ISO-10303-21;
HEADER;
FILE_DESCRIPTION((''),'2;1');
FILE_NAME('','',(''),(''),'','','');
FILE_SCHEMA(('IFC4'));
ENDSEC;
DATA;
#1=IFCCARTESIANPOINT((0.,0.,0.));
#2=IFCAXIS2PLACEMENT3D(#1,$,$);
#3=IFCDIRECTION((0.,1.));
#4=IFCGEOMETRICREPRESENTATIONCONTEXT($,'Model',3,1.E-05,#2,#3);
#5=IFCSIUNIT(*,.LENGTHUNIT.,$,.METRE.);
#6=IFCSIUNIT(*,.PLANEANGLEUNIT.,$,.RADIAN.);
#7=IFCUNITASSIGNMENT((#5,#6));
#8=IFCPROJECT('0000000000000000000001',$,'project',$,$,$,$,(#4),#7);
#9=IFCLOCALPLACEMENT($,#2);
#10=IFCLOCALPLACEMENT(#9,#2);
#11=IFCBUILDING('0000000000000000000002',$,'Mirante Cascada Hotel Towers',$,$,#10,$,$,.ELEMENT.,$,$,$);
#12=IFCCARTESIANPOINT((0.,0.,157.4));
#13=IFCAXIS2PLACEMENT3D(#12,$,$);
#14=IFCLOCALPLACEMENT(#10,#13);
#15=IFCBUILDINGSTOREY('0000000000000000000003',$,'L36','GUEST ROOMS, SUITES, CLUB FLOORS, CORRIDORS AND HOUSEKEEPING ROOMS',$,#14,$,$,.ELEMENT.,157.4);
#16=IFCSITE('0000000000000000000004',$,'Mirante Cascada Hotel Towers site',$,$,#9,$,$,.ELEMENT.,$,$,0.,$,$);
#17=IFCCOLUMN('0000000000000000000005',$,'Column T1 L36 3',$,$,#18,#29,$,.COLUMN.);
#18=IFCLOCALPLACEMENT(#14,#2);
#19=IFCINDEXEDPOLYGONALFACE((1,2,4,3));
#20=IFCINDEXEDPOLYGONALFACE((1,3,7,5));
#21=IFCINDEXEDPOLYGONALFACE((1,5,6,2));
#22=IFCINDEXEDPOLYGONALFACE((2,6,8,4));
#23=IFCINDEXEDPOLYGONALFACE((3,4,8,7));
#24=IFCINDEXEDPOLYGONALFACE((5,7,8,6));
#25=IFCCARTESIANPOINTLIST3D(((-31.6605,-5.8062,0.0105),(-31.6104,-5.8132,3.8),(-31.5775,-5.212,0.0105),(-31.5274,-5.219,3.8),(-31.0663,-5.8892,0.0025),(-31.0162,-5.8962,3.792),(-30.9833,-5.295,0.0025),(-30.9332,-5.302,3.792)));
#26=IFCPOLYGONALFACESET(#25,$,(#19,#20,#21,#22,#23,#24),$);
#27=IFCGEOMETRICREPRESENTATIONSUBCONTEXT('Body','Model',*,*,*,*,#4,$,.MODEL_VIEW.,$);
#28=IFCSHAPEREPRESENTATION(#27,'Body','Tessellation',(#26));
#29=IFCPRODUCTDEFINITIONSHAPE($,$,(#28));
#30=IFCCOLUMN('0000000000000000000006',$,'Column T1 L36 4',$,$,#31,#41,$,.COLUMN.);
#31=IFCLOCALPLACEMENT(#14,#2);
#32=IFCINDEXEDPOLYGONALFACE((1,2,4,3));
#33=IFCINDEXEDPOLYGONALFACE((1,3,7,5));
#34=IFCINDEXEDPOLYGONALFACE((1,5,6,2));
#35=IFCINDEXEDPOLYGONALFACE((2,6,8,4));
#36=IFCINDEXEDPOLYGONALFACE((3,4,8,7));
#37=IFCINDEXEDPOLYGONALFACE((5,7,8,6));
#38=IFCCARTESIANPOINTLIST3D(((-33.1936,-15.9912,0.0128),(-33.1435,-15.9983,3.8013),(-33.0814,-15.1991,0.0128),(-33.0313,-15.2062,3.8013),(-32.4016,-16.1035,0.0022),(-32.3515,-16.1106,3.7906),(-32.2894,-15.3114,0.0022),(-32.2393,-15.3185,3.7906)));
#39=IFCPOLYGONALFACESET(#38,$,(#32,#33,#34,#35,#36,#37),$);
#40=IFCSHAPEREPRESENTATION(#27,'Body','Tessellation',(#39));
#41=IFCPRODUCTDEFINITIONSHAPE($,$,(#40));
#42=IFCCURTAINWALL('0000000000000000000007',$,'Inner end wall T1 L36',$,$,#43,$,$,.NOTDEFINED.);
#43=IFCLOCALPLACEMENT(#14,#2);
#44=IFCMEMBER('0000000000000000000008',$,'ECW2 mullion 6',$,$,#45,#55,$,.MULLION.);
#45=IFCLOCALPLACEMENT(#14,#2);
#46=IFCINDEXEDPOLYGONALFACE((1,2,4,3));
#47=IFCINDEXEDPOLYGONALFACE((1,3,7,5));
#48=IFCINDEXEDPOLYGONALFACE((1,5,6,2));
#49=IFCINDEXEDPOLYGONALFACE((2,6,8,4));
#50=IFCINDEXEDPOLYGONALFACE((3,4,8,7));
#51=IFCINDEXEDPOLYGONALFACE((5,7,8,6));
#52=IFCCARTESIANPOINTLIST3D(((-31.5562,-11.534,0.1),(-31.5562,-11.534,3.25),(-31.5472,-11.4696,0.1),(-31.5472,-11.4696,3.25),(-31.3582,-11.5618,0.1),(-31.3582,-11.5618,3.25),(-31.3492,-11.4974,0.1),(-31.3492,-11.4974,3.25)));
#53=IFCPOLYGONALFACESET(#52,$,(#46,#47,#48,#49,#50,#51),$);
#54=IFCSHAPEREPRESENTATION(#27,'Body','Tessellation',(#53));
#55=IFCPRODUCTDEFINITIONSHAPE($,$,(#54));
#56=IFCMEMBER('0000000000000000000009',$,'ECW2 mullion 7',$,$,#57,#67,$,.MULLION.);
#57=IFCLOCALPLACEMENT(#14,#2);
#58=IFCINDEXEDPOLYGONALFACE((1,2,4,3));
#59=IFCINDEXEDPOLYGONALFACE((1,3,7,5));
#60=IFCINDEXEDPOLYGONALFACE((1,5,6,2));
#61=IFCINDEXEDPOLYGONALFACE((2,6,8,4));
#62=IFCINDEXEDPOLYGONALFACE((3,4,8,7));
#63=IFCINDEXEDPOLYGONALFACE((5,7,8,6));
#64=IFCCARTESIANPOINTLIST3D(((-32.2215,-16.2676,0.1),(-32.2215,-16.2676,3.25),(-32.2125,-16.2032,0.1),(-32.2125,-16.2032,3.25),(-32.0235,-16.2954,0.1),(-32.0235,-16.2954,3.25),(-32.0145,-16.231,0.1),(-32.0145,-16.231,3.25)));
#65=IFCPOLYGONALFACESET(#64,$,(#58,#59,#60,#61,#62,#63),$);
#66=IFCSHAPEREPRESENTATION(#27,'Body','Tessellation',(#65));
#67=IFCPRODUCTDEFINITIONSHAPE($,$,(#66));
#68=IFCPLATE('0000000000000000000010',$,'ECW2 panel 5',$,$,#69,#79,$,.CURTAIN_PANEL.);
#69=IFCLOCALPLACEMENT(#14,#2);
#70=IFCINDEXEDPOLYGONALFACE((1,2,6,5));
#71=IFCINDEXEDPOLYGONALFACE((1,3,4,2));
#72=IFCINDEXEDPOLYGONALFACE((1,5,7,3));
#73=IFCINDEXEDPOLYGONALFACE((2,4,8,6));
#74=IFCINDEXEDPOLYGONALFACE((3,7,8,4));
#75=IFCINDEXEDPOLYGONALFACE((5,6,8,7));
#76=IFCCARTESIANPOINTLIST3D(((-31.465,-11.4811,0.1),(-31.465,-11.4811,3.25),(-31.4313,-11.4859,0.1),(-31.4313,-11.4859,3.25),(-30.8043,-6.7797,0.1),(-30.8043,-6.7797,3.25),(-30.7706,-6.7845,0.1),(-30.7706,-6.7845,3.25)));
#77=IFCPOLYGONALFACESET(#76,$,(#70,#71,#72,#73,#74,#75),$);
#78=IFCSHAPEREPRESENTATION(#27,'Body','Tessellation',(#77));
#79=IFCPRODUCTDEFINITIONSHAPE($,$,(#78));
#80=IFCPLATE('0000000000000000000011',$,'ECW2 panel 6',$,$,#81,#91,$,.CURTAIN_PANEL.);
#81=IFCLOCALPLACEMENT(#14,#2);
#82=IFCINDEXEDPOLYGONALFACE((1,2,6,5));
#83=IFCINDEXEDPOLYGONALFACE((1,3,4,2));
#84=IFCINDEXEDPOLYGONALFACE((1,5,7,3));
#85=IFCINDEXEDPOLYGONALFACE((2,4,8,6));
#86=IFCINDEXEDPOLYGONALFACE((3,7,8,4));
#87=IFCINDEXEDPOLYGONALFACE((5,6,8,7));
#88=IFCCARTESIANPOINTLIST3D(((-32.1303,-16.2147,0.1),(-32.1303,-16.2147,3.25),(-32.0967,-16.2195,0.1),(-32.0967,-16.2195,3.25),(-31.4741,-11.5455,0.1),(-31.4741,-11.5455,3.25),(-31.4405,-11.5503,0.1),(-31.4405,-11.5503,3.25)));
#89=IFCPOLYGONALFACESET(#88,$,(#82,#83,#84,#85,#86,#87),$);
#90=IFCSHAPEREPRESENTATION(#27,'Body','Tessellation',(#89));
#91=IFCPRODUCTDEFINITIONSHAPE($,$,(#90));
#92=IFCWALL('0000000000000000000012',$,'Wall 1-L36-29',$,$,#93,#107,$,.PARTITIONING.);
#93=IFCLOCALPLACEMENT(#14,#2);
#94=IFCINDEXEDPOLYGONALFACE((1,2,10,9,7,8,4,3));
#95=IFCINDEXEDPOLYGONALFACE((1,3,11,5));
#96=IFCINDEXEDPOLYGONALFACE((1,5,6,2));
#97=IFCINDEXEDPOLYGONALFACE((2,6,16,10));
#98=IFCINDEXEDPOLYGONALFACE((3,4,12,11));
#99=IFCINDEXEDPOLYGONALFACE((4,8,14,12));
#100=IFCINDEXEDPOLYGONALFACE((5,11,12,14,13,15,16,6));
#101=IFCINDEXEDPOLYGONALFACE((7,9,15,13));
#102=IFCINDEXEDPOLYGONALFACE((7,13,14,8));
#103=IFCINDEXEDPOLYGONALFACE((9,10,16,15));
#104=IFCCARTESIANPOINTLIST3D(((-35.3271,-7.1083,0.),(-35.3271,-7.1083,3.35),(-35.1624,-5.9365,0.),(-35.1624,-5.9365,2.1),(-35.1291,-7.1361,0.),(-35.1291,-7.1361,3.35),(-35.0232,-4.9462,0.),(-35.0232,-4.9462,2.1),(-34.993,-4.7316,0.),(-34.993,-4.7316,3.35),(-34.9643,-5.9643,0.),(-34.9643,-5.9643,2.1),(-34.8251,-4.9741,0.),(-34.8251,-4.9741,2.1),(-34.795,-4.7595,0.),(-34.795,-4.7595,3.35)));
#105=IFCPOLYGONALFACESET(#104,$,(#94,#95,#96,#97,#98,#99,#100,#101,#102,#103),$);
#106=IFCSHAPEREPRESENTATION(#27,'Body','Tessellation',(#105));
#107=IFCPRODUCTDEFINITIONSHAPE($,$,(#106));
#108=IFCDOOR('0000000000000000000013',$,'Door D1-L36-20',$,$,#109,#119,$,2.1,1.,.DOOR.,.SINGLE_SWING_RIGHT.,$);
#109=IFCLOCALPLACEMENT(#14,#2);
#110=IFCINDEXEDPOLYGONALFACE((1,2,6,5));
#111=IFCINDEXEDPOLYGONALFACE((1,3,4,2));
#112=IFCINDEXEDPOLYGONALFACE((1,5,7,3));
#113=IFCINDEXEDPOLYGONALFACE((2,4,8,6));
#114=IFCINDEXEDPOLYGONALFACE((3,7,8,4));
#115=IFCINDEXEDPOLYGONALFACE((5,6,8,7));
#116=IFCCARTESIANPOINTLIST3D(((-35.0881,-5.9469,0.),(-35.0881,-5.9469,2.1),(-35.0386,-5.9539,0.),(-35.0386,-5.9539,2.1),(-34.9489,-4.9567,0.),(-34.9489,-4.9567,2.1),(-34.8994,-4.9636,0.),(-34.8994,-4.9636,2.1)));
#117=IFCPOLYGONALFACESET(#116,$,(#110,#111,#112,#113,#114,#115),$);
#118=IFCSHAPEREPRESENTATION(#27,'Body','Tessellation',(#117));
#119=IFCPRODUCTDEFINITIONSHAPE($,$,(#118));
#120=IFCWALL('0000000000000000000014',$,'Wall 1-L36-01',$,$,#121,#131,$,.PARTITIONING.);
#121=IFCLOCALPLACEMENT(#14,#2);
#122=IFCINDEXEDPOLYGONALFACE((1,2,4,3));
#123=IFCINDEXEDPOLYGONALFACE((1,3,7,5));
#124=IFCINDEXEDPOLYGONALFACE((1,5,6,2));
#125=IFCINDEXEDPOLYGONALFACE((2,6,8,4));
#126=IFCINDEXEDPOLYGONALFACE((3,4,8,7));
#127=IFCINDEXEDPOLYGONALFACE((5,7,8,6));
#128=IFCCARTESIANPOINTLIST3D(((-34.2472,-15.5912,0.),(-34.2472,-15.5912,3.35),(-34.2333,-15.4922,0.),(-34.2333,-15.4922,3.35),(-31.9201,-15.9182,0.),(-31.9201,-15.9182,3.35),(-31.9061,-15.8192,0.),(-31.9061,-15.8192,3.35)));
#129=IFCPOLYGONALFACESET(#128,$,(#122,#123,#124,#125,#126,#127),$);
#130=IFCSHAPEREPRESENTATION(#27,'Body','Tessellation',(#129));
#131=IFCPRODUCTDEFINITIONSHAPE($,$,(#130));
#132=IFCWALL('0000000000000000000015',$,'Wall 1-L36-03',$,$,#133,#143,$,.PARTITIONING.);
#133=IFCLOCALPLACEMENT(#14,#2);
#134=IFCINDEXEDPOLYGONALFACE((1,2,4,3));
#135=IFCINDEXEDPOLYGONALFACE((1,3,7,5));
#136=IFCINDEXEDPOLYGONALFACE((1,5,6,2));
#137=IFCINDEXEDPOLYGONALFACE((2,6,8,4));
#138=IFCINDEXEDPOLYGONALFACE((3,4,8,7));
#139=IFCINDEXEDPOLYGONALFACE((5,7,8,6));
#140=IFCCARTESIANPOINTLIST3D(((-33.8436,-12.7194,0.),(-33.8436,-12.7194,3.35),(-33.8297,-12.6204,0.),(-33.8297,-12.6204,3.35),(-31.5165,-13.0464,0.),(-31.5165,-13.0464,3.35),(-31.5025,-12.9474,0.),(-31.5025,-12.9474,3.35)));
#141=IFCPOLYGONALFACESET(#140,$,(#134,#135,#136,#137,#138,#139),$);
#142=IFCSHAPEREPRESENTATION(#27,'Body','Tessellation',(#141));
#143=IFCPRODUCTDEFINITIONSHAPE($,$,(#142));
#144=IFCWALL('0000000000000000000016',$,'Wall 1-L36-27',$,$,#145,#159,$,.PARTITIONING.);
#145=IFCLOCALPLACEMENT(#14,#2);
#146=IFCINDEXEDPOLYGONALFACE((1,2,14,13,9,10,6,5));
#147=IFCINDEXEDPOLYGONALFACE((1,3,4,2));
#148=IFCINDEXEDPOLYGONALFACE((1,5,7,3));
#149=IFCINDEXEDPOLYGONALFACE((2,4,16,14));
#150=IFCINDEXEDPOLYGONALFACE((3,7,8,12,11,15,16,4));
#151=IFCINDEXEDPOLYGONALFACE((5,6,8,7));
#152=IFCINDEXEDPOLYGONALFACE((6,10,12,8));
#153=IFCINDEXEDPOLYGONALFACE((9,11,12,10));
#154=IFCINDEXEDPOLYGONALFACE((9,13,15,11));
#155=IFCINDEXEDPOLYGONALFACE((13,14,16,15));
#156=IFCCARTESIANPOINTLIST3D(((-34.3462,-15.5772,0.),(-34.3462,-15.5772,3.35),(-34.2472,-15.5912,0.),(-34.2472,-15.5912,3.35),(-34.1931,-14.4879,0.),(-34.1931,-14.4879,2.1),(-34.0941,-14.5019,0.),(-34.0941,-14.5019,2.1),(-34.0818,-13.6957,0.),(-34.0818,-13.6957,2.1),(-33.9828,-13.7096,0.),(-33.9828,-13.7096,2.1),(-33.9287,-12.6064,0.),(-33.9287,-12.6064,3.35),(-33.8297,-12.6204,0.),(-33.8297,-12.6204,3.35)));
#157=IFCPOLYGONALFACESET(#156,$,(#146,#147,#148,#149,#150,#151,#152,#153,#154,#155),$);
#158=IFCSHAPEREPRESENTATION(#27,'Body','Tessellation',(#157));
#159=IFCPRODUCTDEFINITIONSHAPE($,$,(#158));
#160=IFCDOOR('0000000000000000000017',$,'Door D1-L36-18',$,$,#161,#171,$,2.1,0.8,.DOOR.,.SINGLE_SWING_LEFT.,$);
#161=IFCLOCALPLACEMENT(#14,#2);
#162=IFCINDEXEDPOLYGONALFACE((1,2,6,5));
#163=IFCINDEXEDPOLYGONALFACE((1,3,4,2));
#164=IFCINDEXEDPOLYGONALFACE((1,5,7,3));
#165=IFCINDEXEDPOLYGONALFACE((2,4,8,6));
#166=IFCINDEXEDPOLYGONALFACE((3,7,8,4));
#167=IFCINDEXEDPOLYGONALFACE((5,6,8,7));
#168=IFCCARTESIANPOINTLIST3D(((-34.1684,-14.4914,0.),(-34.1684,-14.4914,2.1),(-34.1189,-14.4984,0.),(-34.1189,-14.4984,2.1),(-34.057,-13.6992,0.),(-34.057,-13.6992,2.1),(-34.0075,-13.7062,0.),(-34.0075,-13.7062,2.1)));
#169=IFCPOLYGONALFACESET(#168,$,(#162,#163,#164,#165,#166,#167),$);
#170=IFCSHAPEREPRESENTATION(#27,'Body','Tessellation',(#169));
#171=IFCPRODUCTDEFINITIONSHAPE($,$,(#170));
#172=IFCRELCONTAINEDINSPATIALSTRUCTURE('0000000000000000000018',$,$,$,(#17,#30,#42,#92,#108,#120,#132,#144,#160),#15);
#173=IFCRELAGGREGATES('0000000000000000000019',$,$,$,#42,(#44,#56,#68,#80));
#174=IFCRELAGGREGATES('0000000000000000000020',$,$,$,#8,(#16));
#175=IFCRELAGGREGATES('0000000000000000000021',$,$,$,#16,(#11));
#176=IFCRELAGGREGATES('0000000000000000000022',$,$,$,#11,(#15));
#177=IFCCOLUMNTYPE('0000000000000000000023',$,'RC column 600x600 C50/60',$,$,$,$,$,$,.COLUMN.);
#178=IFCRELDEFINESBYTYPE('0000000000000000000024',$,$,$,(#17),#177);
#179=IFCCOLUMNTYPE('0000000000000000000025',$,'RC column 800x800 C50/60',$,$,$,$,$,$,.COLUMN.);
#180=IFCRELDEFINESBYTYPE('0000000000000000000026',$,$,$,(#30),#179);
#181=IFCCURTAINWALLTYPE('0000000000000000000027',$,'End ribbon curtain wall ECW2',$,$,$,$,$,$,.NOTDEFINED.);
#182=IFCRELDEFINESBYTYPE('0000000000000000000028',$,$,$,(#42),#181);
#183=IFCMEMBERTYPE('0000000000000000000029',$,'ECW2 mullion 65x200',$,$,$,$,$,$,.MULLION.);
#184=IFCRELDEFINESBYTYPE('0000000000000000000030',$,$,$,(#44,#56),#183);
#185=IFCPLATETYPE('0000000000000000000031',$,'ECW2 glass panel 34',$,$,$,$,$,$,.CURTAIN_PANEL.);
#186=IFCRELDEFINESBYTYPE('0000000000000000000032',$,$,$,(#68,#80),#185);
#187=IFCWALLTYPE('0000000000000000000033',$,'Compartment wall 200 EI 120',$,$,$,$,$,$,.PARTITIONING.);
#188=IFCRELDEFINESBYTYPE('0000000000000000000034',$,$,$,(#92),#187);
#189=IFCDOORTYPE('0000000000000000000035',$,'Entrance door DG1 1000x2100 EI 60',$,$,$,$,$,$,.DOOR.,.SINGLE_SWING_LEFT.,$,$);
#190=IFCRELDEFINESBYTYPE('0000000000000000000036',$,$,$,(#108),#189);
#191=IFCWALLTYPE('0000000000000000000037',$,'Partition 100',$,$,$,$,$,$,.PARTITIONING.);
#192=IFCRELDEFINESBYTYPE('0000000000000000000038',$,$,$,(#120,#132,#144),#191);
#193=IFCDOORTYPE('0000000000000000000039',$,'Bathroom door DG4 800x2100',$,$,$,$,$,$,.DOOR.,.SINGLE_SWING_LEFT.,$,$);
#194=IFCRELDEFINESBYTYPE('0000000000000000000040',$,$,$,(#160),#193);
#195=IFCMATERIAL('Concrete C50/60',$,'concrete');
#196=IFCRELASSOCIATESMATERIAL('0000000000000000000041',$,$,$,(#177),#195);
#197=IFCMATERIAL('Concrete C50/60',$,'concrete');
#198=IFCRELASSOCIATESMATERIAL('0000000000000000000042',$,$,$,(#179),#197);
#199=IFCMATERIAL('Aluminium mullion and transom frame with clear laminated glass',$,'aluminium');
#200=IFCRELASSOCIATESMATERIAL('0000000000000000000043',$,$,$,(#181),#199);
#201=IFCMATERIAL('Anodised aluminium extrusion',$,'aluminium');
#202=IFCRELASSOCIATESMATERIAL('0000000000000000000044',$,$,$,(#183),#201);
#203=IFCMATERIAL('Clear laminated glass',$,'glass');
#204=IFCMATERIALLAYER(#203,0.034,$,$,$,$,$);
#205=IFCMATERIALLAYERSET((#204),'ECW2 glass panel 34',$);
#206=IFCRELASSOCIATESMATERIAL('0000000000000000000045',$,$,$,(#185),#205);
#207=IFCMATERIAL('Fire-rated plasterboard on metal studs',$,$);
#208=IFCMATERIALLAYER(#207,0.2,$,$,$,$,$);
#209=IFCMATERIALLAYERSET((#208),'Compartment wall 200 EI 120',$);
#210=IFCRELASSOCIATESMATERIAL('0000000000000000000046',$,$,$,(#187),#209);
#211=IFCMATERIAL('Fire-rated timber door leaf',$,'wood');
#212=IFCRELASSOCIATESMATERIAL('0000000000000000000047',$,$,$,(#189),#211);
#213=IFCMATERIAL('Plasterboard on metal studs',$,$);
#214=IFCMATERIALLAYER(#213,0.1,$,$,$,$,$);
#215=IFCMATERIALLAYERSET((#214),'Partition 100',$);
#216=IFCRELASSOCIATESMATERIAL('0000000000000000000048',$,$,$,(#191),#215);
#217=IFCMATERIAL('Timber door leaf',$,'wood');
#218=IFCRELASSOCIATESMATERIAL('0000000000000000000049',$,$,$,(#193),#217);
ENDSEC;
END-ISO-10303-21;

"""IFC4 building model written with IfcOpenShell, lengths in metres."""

from ifc_helpers import new_model, si_unit, direction, frame, frame_2d, origin, origin_2d, place, context, subcontext, project, spatial, rectangle, extrude, material, layer, layer_set, material_profile, profile_set, type_object, element, fill, aggregate, save


model = new_model("IFC4")

# Units and contexts
model_context = context("Model", 3, precision=1e-05, world=origin(), true_north=direction((0.0, 1.0)))
body_context = subcontext(model_context, "Body", "Model", "MODEL_VIEW")
ifc_project = project(units=[si_unit("LENGTHUNIT", "METRE"), si_unit("PLANEANGLEUNIT", "RADIAN")], contexts=[model_context])

# Site, building, storey
site_placement = place(None, origin())
site = spatial("IfcSite", under=ifc_project, at=site_placement, Name="Mirante Cascada Hotel Towers site", CompositionType="ELEMENT", RefElevation=0.0)
building_placement = place(site_placement, origin())
building = spatial("IfcBuilding", under=site, at=building_placement, Name="Mirante Cascada Hotel Towers", CompositionType="ELEMENT")
storey_placement = place(building_placement, frame((0.0, 0.0, 157.4)))
storey = spatial("IfcBuildingStorey", under=building, at=storey_placement, Name="L36", Description="GUEST ROOMS, SUITES, CLUB FLOORS, CORRIDORS AND HOUSEKEEPING ROOMS", CompositionType="ELEMENT", Elevation=157.4)

# Columns
ifc_material_1 = material(Name="Concrete C50/60", Category="concrete")
ifc_material_profile_1 = material_profile(ifc_material_1, rectangle(XDim=0.6, YDim=0.6, at=origin_2d()), Name="RC column 600x600 C50/60")
ifc_profile_set_1 = profile_set([ifc_material_profile_1], Name="Concrete C50/60")
column_type_1 = type_object("IfcColumnType", Name="RC column 600x600 C50/60", PredefinedType="COLUMN", material=ifc_profile_set_1)
column_1_placement = place(storey_placement, frame((-31.3219, -5.5506, 0.0065), z_axis=(0.01322, -0.001847, 0.999911), x_axis=(0.138376, 0.99038, 0.0)))
element("IfcColumn", 1, at=column_1_placement, inside=storey, type_object=column_type_1, Name="Column T1 L36 3", PredefinedType="COLUMN", context=body_context, shape_type="SweptSolid", body=[
    extrude(rectangle(XDim=0.6, YDim=0.6, at=origin_2d()), origin(), (0.0, 0.0, 1.0), 3.7898),
])
ifc_material_2 = material(Name="Concrete C50/60", Category="concrete")
ifc_material_profile_2 = material_profile(ifc_material_2, rectangle(XDim=0.8, YDim=0.8, at=origin_2d()), Name="RC column 800x800 C50/60")
ifc_profile_set_2 = profile_set([ifc_material_profile_2], Name="Concrete C50/60")
column_type_2 = type_object("IfcColumnType", Name="RC column 800x800 C50/60", PredefinedType="COLUMN", material=ifc_profile_set_2)
column_2_placement = place(storey_placement, frame((-32.7415, -15.6513, 0.0075), z_axis=(0.013223, -0.001874, 0.999911), x_axis=(0.140315, 0.990107, 0.0)))
element("IfcColumn", 2, at=column_2_placement, inside=storey, type_object=column_type_2, Name="Column T1 L36 4", PredefinedType="COLUMN", context=body_context, shape_type="SweptSolid", body=[
    extrude(rectangle(XDim=0.8, YDim=0.8, at=origin_2d()), origin(), (0.0, 0.0, 1.0), 3.7888),
])

# Curtain wall, members, plates
ifc_material_3 = material(Name="Aluminium mullion and transom frame with clear laminated glass", Category="aluminium")
curtain_wall_type = type_object("IfcCurtainWallType", Name="End ribbon curtain wall ECW2", PredefinedType="NOTDEFINED", material=ifc_material_3)
curtain_wall_placement = place(storey_placement, origin())
curtain_wall = element("IfcCurtainWall", 3, at=curtain_wall_placement, inside=storey, type_object=curtain_wall_type, Name="Inner end wall T1 L36", PredefinedType="NOTDEFINED")
ifc_material_4 = material(Name="Anodised aluminium extrusion", Category="aluminium")
ifc_material_profile_3 = material_profile(ifc_material_4, rectangle(XDim=0.2, YDim=0.065, at=origin_2d()), Name="ECW2 MULLION 65x200")
ifc_profile_set_3 = profile_set([ifc_material_profile_3], Name="Anodised aluminium extrusion")
member_type = type_object("IfcMemberType", Name="ECW2 mullion 65x200", PredefinedType="MULLION", material=ifc_profile_set_3)
member_1_placement = place(storey_placement, frame((-31.4527, -11.5157, 0.1), z_axis=(0.0, 0.0, 1.0), x_axis=(0.990268, -0.139173, 0.0)))
member_1 = element("IfcMember", 4, at=member_1_placement, type_object=member_type, Name="ECW2 mullion 6", PredefinedType="MULLION", context=body_context, shape_type="SweptSolid", body=[
    extrude(rectangle(XDim=0.2, YDim=0.065, at=origin_2d()), origin(), (0.0, 0.0, 1.0), 3.15),
])
member_2_placement = place(storey_placement, frame((-32.118, -16.2493, 0.1), z_axis=(0.0, 0.0, 1.0), x_axis=(0.990268, -0.139173, 0.0)))
member_2 = element("IfcMember", 5, at=member_2_placement, type_object=member_type, Name="ECW2 mullion 7", PredefinedType="MULLION", context=body_context, shape_type="SweptSolid", body=[
    extrude(rectangle(XDim=0.2, YDim=0.065, at=origin_2d()), origin(), (0.0, 0.0, 1.0), 3.15),
])
ifc_material_5 = material(Name="Clear laminated glass", Category="glass")
ifc_layer_1 = layer(ifc_material_5, 0.034)
ifc_layer_set_1 = layer_set([ifc_layer_1], Name="ECW2 glass panel 34")
plate_type = type_object("IfcPlateType", Name="ECW2 glass panel 34", PredefinedType="CURTAIN_PANEL", material=ifc_layer_set_1)
plate_1_placement = place(storey_placement, frame((-31.1178, -9.1328, 0.1), z_axis=(0.0, 0.0, 1.0), x_axis=(-0.139173, -0.990268, 0.0)))
plate_1 = element("IfcPlate", 6, at=plate_1_placement, type_object=plate_type, Name="ECW2 panel 5", PredefinedType="CURTAIN_PANEL", context=body_context, shape_type="SweptSolid", body=[
    extrude(rectangle(XDim=4.7476, YDim=0.034, at=origin_2d()), origin(), (0.0, 0.0, 1.0), 3.15),
])
plate_2_placement = place(storey_placement, frame((-31.7854, -13.8825, 0.1), z_axis=(0.0, 0.0, 1.0), x_axis=(-0.139173, -0.990268, 0.0)))
plate_2 = element("IfcPlate", 7, at=plate_2_placement, type_object=plate_type, Name="ECW2 panel 6", PredefinedType="CURTAIN_PANEL", context=body_context, shape_type="SweptSolid", body=[
    extrude(rectangle(XDim=4.7151, YDim=0.034, at=origin_2d()), origin(), (0.0, 0.0, 1.0), 3.15),
])
aggregate(curtain_wall, [member_1, member_2, plate_1, plate_2])

# Wall, opening, door
ifc_material_6 = material(Name="Fire-rated plasterboard on metal studs")
ifc_layer_2 = layer(ifc_material_6, 0.2)
ifc_layer_set_2 = layer_set([ifc_layer_2], Name="Compartment wall 200 EI 120")
wall_type_1 = type_object("IfcWallType", Name="Compartment wall 200 EI 120", PredefinedType="PARTITIONING", material=ifc_layer_set_2)
wall_1_placement = place(storey_placement, frame((-35.2281, -7.1222, 0.0), z_axis=(0.0, 0.0, 1.0), x_axis=(0.13921, 0.990263, 0.0)))
wall_1 = element("IfcWall", 8, at=wall_1_placement, inside=storey, type_object=wall_type_1, Name="Wall 1-L36-29", PredefinedType="PARTITIONING", context=body_context, shape_type="SweptSolid", body=[
    extrude(rectangle(XDim=2.4, YDim=0.2, at=frame_2d((1.2, 0.0))), origin(), (0.0, 0.0, 1.0), 3.35),
])
opening_1_placement = place(wall_1_placement, frame((1.1833, 0.0, 0.0)))
opening_1 = element("IfcOpeningElement", 9, at=opening_1_placement, cuts=wall_1, PredefinedType="OPENING", context=body_context, shape_type="SweptSolid", body=[
    extrude(rectangle(XDim=1.0, YDim=2.1, at=frame_2d((0.5, 1.05))), frame((0.0, 0.1, 0.0), z_axis=(0.0, -1.0, 0.0), x_axis=(1.0, 0.0, 0.0)), (0.0, 0.0, 1.0), 0.2),
])
ifc_material_7 = material(Name="Fire-rated timber door leaf", Category="wood")
door_type_1 = type_object("IfcDoorType", Name="Entrance door DG1 1000x2100 EI 60", OperationType="SINGLE_SWING_LEFT", PredefinedType="DOOR", material=ifc_material_7)
door_1_placement = place(opening_1_placement, frame((1.0, 0.0, 0.0), z_axis=(0.0, 0.0, 1.0), x_axis=(-1.0, 0.0, 0.0)))
door_1 = element("IfcDoor", 10, at=door_1_placement, inside=storey, type_object=door_type_1, Name="Door D1-L36-20", OperationType="SINGLE_SWING_RIGHT", OverallHeight=2.1, OverallWidth=1.0, PredefinedType="DOOR", context=body_context, shape_type="SweptSolid", body=[
    extrude(rectangle(XDim=1.0, YDim=2.1, at=frame_2d((0.5, 1.05))), frame((0.0, 0.025, 0.0), z_axis=(0.0, -1.0, 0.0), x_axis=(1.0, 0.0, 0.0)), (0.0, 0.0, 1.0), 0.05),
])
fill(opening_1, door_1)

# Walls
ifc_material_8 = material(Name="Plasterboard on metal studs")
ifc_layer_3 = layer(ifc_material_8, 0.1)
ifc_layer_set_3 = layer_set([ifc_layer_3], Name="Partition 100")
wall_type_2 = type_object("IfcWallType", Name="Partition 100", PredefinedType="PARTITIONING", material=ifc_layer_set_3)
for number, where, z_axis, x_axis, name in (
    (11, (-31.9131, -15.8687, 0.0), (0.0, 0.0, 1.0), (-0.990271, 0.139151, 0.0), "Wall 1-L36-01"),
    (12, (-31.5095, -12.9969, 0.0), (0.0, 0.0, 1.0), (-0.990271, 0.139151, 0.0), "Wall 1-L36-03"),
):
    element("IfcWall", number, at=place(storey_placement, frame(where, z_axis=z_axis, x_axis=x_axis)), inside=storey, type_object=wall_type_2, Name=name, PredefinedType="PARTITIONING", context=body_context, shape_type="SweptSolid", body=[
        extrude(rectangle(XDim=2.35, YDim=0.1, at=frame_2d((1.175, 0.0))), origin(), (0.0, 0.0, 1.0), 3.35),
    ])

# Wall, opening, door
wall_2_placement = place(storey_placement, frame((-34.2967, -15.5842, 0.0), z_axis=(0.0, 0.0, 1.0), x_axis=(0.139167, 0.990269, 0.0)))
wall_2 = element("IfcWall", 13, at=wall_2_placement, inside=storey, type_object=wall_type_2, Name="Wall 1-L36-27", PredefinedType="PARTITIONING", context=body_context, shape_type="SweptSolid", body=[
    extrude(rectangle(XDim=3.0, YDim=0.1, at=frame_2d((1.5, 0.0))), origin(), (0.0, 0.0, 1.0), 3.35),
])
opening_2_placement = place(wall_2_placement, frame((1.1, 0.0, 0.0)))
opening_2 = element("IfcOpeningElement", 14, at=opening_2_placement, cuts=wall_2, PredefinedType="OPENING", context=body_context, shape_type="SweptSolid", body=[
    extrude(rectangle(XDim=0.8, YDim=2.1, at=frame_2d((0.4, 1.05))), frame((0.0, 0.05, 0.0), z_axis=(0.0, -1.0, 0.0), x_axis=(1.0, 0.0, 0.0)), (0.0, 0.0, 1.0), 0.1),
])
ifc_material_9 = material(Name="Timber door leaf", Category="wood")
door_type_2 = type_object("IfcDoorType", Name="Bathroom door DG4 800x2100", OperationType="SINGLE_SWING_LEFT", PredefinedType="DOOR", material=ifc_material_9)
door_2_placement = place(opening_2_placement, origin())
door_2 = element("IfcDoor", 15, at=door_2_placement, inside=storey, type_object=door_type_2, Name="Door D1-L36-18", OperationType="SINGLE_SWING_LEFT", OverallHeight=2.1, OverallWidth=0.8, PredefinedType="DOOR", context=body_context, shape_type="SweptSolid", body=[
    extrude(rectangle(XDim=0.8, YDim=2.1, at=frame_2d((0.4, 1.05))), frame((0.0, 0.025, 0.0), z_axis=(0.0, -1.0, 0.0), x_axis=(1.0, 0.0, 0.0)), (0.0, 0.0, 1.0), 0.05),
])
fill(opening_2, door_2)

save(model, "model.ifc")
